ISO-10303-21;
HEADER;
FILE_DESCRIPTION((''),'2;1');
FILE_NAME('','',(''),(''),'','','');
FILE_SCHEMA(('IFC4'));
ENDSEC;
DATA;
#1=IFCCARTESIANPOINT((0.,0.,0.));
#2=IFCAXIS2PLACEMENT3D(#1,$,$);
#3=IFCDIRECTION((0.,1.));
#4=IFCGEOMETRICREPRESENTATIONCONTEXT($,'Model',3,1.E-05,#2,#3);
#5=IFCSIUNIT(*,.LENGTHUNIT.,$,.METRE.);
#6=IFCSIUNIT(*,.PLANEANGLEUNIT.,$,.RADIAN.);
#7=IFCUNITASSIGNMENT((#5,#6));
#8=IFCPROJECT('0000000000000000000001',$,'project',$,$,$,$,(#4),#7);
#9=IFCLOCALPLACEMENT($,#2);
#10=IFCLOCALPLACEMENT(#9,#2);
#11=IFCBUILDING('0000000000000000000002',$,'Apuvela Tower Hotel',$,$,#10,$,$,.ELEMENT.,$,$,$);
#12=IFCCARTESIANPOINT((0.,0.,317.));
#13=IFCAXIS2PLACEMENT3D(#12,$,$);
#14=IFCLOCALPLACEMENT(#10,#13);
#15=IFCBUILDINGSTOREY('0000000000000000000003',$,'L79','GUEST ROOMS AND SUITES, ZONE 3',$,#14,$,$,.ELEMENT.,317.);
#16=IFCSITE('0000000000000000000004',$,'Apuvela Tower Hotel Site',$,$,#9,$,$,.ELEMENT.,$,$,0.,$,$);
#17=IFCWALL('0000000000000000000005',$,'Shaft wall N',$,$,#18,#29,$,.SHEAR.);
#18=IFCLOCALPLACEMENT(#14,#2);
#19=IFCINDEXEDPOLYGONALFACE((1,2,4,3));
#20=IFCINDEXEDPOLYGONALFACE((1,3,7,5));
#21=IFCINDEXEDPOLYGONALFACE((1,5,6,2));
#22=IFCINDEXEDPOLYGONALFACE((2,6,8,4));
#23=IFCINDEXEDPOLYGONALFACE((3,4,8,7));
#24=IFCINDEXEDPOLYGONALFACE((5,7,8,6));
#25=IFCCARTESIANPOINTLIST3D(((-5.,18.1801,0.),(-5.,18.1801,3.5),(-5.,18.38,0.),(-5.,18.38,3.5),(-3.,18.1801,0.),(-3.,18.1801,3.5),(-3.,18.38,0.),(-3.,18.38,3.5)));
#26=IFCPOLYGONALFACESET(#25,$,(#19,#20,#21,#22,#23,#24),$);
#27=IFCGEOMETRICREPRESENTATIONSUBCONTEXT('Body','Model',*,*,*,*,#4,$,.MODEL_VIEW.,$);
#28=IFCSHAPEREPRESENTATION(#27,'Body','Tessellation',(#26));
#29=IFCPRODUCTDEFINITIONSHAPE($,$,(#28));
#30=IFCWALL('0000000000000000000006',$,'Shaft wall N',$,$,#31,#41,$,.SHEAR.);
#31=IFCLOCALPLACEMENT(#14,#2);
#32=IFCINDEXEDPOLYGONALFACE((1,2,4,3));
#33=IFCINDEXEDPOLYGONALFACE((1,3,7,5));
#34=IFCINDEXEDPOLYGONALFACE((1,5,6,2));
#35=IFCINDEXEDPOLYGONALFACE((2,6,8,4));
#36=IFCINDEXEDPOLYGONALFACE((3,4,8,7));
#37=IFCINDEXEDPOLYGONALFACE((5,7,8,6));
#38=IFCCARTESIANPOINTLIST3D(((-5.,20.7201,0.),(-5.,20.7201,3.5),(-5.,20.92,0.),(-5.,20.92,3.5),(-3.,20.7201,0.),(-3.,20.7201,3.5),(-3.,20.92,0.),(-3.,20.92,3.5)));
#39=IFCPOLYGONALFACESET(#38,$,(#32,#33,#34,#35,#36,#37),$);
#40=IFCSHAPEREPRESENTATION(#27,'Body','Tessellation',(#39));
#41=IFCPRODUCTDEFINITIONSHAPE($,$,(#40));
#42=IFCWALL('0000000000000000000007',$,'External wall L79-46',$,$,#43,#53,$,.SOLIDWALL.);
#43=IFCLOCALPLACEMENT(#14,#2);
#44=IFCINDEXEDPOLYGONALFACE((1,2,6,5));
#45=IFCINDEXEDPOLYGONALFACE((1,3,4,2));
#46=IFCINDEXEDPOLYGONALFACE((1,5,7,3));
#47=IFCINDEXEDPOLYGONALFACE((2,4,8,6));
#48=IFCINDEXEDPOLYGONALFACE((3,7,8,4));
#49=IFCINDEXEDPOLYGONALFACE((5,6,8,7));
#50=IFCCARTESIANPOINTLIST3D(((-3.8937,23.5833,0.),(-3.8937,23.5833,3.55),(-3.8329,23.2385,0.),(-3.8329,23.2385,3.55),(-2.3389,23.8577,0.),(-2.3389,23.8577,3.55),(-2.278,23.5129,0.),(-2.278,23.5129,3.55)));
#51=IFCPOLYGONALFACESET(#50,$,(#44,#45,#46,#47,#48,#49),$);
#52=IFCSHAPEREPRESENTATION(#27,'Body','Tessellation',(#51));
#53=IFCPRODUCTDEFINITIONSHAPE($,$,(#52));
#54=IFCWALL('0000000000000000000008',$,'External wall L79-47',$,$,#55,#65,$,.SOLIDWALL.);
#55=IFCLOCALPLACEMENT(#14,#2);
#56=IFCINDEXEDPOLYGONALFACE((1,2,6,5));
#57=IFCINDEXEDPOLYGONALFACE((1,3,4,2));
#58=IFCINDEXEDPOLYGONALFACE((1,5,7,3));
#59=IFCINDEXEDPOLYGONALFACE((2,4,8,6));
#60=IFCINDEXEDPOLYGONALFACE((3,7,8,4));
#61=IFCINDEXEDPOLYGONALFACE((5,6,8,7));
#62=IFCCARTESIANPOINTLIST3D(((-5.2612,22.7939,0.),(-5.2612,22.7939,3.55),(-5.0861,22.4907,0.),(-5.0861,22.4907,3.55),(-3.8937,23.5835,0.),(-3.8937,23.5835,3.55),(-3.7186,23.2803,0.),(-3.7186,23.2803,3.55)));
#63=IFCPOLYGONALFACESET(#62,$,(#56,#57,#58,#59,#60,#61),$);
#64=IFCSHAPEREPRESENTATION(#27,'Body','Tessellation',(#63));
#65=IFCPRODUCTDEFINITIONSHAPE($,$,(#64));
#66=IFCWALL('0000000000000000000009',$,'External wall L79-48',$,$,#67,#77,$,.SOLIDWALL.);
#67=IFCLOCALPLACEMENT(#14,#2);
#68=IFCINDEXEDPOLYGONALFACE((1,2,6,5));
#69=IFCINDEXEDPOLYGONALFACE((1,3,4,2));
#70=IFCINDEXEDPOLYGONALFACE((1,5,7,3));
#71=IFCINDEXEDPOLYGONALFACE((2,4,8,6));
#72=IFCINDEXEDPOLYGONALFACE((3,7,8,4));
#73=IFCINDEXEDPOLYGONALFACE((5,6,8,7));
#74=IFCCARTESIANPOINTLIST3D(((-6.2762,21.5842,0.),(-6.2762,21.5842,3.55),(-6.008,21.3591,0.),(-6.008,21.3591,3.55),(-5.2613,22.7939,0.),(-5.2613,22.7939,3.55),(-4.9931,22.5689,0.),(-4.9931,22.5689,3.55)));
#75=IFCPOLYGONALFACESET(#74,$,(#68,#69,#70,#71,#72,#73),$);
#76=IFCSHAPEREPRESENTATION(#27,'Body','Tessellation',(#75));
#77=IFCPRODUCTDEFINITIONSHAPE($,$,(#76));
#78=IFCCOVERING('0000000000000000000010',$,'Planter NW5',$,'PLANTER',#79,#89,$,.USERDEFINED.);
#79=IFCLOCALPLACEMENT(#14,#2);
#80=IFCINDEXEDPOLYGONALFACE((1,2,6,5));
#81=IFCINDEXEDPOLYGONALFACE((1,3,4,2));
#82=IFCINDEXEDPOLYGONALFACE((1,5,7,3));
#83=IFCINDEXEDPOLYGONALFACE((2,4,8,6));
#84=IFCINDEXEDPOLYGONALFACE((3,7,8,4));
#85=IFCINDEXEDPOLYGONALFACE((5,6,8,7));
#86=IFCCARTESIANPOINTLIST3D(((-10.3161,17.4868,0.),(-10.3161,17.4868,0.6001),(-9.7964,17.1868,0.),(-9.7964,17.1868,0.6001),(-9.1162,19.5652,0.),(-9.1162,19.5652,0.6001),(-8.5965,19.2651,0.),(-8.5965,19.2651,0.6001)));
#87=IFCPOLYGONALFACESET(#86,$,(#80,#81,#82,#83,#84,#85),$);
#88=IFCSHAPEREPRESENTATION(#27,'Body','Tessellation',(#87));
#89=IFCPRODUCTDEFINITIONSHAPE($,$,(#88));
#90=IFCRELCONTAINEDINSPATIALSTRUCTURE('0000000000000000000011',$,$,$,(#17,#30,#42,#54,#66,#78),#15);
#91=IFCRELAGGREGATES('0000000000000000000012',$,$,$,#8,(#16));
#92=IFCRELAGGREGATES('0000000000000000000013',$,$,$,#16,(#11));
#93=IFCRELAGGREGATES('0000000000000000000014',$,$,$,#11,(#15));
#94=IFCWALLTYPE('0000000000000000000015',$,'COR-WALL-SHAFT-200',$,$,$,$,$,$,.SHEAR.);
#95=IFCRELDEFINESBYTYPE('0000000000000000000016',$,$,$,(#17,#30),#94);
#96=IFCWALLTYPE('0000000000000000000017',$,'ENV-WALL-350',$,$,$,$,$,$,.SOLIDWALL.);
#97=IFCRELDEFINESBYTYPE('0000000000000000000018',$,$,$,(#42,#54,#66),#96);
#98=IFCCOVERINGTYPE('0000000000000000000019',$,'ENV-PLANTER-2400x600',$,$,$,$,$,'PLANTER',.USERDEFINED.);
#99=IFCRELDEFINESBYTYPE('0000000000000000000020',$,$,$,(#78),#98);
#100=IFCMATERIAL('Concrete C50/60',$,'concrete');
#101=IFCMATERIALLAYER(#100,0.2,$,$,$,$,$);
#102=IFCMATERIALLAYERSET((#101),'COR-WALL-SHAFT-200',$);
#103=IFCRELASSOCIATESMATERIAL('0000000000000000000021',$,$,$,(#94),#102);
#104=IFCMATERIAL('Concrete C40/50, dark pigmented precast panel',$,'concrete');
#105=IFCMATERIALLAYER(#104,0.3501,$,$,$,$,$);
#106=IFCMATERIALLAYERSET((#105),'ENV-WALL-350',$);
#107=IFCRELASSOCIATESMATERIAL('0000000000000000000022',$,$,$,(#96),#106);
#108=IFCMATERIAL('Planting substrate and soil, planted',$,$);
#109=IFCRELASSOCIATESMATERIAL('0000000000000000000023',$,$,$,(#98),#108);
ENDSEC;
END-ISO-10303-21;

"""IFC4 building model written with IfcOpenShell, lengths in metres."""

from ifc_helpers import new_model, si_unit, direction, frame, frame_2d, origin, origin_2d, place, context, subcontext, project, spatial, rectangle, extrude, material, layer, layer_set, type_object, element, save


model = new_model("IFC4")

# Units and contexts
model_context = context("Model", 3, precision=1e-05, world=origin(), true_north=direction((0.0, 1.0)))
body_context = subcontext(model_context, "Body", "Model", "MODEL_VIEW")
ifc_project = project(units=[si_unit("LENGTHUNIT", "METRE"), si_unit("PLANEANGLEUNIT", "RADIAN")], contexts=[model_context])

# Site, building, storey
site_placement = place(None, origin())
site = spatial("IfcSite", under=ifc_project, at=site_placement, Name="Apuvela Tower Hotel Site", CompositionType="ELEMENT", RefElevation=0.0)
building_placement = place(site_placement, origin())
building = spatial("IfcBuilding", under=site, at=building_placement, Name="Apuvela Tower Hotel", CompositionType="ELEMENT")
storey_placement = place(building_placement, frame((0.0, 0.0, 317.0)))
storey = spatial("IfcBuildingStorey", under=building, at=storey_placement, Name="L79", Description="GUEST ROOMS AND SUITES, ZONE 3", CompositionType="ELEMENT", Elevation=317.0)

# Shared definitions
ifc_material_1 = material(Name="Concrete C50/60", Category="concrete")
ifc_layer_1 = layer(ifc_material_1, 0.2)
ifc_layer_set_1 = layer_set([ifc_layer_1], Name="COR-WALL-SHAFT-200")
wall_type_1 = type_object("IfcWallType", Name="COR-WALL-SHAFT-200", PredefinedType="SHEAR", material=ifc_layer_set_1)

# Walls
for number, where, z_axis, x_axis, name in (
    (1, (-3.0, 18.28, 0.0), (0.0, 0.0, 1.0), (-1.0, 0.0, 0.0), "Shaft wall N"),
    (2, (-3.0, 20.8201, 0.0), (0.0, 0.0, 1.0), (-1.0, 0.0, 0.0), "Shaft wall N"),
):
    element("IfcWall", number, at=place(storey_placement, frame(where, z_axis=z_axis, x_axis=x_axis)), inside=storey, type_object=wall_type_1, Name=name, PredefinedType="SHEAR", context=body_context, shape_type="SweptSolid", body=[
        extrude(rectangle(XDim=2.0, YDim=0.2, at=frame_2d((1.0, 0.0))), origin(), (0.0, 0.0, 1.0), 3.5),
    ])

# Shared definitions
ifc_material_2 = material(Name="Concrete C40/50, dark pigmented precast panel", Category="concrete")
ifc_layer_2 = layer(ifc_material_2, 0.3501)
ifc_layer_set_2 = layer_set([ifc_layer_2], Name="ENV-WALL-350")
wall_type_2 = type_object("IfcWallType", Name="ENV-WALL-350", PredefinedType="SOLIDWALL", material=ifc_layer_set_2)

# Walls
wall_1_placement = place(storey_placement, frame((-2.3083, 23.6853, 0.0), z_axis=(0.0, 0.0, 1.0), x_axis=(-0.984782, -0.173794, 0.0)))
element("IfcWall", 3, at=wall_1_placement, inside=storey, type_object=wall_type_2, Name="External wall L79-46", PredefinedType="SOLIDWALL", context=body_context, shape_type="SweptSolid", body=[
    extrude(rectangle(XDim=1.5789, YDim=0.3501, at=frame_2d((0.7896, 0.0))), origin(), (0.0, 0.0, 1.0), 3.55),
])
for number, where, z_axis, x_axis, name in (
    (4, (-3.8062, 23.4319, 0.0), (0.0, 0.0, 1.0), (-0.866008, -0.50003, 0.0), "External wall L79-47"),
    (5, (-5.1272, 22.6814, 0.0), (0.0, 0.0, 1.0), (-0.642721, -0.766101, 0.0), "External wall L79-48"),
):
    element("IfcWall", number, at=place(storey_placement, frame(where, z_axis=z_axis, x_axis=x_axis)), inside=storey, type_object=wall_type_2, Name=name, PredefinedType="SOLIDWALL", context=body_context, shape_type="SweptSolid", body=[
        extrude(rectangle(XDim=1.5791, YDim=0.3501, at=frame_2d((0.7896, 0.0))), origin(), (0.0, 0.0, 1.0), 3.55),
    ])

# Covering
ifc_material_3 = material(Name="Planting substrate and soil, planted")
covering_type = type_object("IfcCoveringType", Name="ENV-PLANTER-2400x600", ElementType="PLANTER", PredefinedType="USERDEFINED", material=ifc_material_3)
covering_placement = place(storey_placement, frame((-9.4563, 18.376, 0.0), z_axis=(0.0, 0.0, 1.0), x_axis=(-0.5, -0.866025, 0.0)))
element("IfcCovering", 6, at=covering_placement, inside=storey, type_object=covering_type, Name="Planter NW5", ObjectType="PLANTER", PredefinedType="USERDEFINED", context=body_context, shape_type="SweptSolid", body=[
    extrude(rectangle(XDim=2.3999, YDim=0.6001, at=origin_2d()), origin(), (0.0, 0.0, 1.0), 0.6001),
])

save(model, "model.ifc")
